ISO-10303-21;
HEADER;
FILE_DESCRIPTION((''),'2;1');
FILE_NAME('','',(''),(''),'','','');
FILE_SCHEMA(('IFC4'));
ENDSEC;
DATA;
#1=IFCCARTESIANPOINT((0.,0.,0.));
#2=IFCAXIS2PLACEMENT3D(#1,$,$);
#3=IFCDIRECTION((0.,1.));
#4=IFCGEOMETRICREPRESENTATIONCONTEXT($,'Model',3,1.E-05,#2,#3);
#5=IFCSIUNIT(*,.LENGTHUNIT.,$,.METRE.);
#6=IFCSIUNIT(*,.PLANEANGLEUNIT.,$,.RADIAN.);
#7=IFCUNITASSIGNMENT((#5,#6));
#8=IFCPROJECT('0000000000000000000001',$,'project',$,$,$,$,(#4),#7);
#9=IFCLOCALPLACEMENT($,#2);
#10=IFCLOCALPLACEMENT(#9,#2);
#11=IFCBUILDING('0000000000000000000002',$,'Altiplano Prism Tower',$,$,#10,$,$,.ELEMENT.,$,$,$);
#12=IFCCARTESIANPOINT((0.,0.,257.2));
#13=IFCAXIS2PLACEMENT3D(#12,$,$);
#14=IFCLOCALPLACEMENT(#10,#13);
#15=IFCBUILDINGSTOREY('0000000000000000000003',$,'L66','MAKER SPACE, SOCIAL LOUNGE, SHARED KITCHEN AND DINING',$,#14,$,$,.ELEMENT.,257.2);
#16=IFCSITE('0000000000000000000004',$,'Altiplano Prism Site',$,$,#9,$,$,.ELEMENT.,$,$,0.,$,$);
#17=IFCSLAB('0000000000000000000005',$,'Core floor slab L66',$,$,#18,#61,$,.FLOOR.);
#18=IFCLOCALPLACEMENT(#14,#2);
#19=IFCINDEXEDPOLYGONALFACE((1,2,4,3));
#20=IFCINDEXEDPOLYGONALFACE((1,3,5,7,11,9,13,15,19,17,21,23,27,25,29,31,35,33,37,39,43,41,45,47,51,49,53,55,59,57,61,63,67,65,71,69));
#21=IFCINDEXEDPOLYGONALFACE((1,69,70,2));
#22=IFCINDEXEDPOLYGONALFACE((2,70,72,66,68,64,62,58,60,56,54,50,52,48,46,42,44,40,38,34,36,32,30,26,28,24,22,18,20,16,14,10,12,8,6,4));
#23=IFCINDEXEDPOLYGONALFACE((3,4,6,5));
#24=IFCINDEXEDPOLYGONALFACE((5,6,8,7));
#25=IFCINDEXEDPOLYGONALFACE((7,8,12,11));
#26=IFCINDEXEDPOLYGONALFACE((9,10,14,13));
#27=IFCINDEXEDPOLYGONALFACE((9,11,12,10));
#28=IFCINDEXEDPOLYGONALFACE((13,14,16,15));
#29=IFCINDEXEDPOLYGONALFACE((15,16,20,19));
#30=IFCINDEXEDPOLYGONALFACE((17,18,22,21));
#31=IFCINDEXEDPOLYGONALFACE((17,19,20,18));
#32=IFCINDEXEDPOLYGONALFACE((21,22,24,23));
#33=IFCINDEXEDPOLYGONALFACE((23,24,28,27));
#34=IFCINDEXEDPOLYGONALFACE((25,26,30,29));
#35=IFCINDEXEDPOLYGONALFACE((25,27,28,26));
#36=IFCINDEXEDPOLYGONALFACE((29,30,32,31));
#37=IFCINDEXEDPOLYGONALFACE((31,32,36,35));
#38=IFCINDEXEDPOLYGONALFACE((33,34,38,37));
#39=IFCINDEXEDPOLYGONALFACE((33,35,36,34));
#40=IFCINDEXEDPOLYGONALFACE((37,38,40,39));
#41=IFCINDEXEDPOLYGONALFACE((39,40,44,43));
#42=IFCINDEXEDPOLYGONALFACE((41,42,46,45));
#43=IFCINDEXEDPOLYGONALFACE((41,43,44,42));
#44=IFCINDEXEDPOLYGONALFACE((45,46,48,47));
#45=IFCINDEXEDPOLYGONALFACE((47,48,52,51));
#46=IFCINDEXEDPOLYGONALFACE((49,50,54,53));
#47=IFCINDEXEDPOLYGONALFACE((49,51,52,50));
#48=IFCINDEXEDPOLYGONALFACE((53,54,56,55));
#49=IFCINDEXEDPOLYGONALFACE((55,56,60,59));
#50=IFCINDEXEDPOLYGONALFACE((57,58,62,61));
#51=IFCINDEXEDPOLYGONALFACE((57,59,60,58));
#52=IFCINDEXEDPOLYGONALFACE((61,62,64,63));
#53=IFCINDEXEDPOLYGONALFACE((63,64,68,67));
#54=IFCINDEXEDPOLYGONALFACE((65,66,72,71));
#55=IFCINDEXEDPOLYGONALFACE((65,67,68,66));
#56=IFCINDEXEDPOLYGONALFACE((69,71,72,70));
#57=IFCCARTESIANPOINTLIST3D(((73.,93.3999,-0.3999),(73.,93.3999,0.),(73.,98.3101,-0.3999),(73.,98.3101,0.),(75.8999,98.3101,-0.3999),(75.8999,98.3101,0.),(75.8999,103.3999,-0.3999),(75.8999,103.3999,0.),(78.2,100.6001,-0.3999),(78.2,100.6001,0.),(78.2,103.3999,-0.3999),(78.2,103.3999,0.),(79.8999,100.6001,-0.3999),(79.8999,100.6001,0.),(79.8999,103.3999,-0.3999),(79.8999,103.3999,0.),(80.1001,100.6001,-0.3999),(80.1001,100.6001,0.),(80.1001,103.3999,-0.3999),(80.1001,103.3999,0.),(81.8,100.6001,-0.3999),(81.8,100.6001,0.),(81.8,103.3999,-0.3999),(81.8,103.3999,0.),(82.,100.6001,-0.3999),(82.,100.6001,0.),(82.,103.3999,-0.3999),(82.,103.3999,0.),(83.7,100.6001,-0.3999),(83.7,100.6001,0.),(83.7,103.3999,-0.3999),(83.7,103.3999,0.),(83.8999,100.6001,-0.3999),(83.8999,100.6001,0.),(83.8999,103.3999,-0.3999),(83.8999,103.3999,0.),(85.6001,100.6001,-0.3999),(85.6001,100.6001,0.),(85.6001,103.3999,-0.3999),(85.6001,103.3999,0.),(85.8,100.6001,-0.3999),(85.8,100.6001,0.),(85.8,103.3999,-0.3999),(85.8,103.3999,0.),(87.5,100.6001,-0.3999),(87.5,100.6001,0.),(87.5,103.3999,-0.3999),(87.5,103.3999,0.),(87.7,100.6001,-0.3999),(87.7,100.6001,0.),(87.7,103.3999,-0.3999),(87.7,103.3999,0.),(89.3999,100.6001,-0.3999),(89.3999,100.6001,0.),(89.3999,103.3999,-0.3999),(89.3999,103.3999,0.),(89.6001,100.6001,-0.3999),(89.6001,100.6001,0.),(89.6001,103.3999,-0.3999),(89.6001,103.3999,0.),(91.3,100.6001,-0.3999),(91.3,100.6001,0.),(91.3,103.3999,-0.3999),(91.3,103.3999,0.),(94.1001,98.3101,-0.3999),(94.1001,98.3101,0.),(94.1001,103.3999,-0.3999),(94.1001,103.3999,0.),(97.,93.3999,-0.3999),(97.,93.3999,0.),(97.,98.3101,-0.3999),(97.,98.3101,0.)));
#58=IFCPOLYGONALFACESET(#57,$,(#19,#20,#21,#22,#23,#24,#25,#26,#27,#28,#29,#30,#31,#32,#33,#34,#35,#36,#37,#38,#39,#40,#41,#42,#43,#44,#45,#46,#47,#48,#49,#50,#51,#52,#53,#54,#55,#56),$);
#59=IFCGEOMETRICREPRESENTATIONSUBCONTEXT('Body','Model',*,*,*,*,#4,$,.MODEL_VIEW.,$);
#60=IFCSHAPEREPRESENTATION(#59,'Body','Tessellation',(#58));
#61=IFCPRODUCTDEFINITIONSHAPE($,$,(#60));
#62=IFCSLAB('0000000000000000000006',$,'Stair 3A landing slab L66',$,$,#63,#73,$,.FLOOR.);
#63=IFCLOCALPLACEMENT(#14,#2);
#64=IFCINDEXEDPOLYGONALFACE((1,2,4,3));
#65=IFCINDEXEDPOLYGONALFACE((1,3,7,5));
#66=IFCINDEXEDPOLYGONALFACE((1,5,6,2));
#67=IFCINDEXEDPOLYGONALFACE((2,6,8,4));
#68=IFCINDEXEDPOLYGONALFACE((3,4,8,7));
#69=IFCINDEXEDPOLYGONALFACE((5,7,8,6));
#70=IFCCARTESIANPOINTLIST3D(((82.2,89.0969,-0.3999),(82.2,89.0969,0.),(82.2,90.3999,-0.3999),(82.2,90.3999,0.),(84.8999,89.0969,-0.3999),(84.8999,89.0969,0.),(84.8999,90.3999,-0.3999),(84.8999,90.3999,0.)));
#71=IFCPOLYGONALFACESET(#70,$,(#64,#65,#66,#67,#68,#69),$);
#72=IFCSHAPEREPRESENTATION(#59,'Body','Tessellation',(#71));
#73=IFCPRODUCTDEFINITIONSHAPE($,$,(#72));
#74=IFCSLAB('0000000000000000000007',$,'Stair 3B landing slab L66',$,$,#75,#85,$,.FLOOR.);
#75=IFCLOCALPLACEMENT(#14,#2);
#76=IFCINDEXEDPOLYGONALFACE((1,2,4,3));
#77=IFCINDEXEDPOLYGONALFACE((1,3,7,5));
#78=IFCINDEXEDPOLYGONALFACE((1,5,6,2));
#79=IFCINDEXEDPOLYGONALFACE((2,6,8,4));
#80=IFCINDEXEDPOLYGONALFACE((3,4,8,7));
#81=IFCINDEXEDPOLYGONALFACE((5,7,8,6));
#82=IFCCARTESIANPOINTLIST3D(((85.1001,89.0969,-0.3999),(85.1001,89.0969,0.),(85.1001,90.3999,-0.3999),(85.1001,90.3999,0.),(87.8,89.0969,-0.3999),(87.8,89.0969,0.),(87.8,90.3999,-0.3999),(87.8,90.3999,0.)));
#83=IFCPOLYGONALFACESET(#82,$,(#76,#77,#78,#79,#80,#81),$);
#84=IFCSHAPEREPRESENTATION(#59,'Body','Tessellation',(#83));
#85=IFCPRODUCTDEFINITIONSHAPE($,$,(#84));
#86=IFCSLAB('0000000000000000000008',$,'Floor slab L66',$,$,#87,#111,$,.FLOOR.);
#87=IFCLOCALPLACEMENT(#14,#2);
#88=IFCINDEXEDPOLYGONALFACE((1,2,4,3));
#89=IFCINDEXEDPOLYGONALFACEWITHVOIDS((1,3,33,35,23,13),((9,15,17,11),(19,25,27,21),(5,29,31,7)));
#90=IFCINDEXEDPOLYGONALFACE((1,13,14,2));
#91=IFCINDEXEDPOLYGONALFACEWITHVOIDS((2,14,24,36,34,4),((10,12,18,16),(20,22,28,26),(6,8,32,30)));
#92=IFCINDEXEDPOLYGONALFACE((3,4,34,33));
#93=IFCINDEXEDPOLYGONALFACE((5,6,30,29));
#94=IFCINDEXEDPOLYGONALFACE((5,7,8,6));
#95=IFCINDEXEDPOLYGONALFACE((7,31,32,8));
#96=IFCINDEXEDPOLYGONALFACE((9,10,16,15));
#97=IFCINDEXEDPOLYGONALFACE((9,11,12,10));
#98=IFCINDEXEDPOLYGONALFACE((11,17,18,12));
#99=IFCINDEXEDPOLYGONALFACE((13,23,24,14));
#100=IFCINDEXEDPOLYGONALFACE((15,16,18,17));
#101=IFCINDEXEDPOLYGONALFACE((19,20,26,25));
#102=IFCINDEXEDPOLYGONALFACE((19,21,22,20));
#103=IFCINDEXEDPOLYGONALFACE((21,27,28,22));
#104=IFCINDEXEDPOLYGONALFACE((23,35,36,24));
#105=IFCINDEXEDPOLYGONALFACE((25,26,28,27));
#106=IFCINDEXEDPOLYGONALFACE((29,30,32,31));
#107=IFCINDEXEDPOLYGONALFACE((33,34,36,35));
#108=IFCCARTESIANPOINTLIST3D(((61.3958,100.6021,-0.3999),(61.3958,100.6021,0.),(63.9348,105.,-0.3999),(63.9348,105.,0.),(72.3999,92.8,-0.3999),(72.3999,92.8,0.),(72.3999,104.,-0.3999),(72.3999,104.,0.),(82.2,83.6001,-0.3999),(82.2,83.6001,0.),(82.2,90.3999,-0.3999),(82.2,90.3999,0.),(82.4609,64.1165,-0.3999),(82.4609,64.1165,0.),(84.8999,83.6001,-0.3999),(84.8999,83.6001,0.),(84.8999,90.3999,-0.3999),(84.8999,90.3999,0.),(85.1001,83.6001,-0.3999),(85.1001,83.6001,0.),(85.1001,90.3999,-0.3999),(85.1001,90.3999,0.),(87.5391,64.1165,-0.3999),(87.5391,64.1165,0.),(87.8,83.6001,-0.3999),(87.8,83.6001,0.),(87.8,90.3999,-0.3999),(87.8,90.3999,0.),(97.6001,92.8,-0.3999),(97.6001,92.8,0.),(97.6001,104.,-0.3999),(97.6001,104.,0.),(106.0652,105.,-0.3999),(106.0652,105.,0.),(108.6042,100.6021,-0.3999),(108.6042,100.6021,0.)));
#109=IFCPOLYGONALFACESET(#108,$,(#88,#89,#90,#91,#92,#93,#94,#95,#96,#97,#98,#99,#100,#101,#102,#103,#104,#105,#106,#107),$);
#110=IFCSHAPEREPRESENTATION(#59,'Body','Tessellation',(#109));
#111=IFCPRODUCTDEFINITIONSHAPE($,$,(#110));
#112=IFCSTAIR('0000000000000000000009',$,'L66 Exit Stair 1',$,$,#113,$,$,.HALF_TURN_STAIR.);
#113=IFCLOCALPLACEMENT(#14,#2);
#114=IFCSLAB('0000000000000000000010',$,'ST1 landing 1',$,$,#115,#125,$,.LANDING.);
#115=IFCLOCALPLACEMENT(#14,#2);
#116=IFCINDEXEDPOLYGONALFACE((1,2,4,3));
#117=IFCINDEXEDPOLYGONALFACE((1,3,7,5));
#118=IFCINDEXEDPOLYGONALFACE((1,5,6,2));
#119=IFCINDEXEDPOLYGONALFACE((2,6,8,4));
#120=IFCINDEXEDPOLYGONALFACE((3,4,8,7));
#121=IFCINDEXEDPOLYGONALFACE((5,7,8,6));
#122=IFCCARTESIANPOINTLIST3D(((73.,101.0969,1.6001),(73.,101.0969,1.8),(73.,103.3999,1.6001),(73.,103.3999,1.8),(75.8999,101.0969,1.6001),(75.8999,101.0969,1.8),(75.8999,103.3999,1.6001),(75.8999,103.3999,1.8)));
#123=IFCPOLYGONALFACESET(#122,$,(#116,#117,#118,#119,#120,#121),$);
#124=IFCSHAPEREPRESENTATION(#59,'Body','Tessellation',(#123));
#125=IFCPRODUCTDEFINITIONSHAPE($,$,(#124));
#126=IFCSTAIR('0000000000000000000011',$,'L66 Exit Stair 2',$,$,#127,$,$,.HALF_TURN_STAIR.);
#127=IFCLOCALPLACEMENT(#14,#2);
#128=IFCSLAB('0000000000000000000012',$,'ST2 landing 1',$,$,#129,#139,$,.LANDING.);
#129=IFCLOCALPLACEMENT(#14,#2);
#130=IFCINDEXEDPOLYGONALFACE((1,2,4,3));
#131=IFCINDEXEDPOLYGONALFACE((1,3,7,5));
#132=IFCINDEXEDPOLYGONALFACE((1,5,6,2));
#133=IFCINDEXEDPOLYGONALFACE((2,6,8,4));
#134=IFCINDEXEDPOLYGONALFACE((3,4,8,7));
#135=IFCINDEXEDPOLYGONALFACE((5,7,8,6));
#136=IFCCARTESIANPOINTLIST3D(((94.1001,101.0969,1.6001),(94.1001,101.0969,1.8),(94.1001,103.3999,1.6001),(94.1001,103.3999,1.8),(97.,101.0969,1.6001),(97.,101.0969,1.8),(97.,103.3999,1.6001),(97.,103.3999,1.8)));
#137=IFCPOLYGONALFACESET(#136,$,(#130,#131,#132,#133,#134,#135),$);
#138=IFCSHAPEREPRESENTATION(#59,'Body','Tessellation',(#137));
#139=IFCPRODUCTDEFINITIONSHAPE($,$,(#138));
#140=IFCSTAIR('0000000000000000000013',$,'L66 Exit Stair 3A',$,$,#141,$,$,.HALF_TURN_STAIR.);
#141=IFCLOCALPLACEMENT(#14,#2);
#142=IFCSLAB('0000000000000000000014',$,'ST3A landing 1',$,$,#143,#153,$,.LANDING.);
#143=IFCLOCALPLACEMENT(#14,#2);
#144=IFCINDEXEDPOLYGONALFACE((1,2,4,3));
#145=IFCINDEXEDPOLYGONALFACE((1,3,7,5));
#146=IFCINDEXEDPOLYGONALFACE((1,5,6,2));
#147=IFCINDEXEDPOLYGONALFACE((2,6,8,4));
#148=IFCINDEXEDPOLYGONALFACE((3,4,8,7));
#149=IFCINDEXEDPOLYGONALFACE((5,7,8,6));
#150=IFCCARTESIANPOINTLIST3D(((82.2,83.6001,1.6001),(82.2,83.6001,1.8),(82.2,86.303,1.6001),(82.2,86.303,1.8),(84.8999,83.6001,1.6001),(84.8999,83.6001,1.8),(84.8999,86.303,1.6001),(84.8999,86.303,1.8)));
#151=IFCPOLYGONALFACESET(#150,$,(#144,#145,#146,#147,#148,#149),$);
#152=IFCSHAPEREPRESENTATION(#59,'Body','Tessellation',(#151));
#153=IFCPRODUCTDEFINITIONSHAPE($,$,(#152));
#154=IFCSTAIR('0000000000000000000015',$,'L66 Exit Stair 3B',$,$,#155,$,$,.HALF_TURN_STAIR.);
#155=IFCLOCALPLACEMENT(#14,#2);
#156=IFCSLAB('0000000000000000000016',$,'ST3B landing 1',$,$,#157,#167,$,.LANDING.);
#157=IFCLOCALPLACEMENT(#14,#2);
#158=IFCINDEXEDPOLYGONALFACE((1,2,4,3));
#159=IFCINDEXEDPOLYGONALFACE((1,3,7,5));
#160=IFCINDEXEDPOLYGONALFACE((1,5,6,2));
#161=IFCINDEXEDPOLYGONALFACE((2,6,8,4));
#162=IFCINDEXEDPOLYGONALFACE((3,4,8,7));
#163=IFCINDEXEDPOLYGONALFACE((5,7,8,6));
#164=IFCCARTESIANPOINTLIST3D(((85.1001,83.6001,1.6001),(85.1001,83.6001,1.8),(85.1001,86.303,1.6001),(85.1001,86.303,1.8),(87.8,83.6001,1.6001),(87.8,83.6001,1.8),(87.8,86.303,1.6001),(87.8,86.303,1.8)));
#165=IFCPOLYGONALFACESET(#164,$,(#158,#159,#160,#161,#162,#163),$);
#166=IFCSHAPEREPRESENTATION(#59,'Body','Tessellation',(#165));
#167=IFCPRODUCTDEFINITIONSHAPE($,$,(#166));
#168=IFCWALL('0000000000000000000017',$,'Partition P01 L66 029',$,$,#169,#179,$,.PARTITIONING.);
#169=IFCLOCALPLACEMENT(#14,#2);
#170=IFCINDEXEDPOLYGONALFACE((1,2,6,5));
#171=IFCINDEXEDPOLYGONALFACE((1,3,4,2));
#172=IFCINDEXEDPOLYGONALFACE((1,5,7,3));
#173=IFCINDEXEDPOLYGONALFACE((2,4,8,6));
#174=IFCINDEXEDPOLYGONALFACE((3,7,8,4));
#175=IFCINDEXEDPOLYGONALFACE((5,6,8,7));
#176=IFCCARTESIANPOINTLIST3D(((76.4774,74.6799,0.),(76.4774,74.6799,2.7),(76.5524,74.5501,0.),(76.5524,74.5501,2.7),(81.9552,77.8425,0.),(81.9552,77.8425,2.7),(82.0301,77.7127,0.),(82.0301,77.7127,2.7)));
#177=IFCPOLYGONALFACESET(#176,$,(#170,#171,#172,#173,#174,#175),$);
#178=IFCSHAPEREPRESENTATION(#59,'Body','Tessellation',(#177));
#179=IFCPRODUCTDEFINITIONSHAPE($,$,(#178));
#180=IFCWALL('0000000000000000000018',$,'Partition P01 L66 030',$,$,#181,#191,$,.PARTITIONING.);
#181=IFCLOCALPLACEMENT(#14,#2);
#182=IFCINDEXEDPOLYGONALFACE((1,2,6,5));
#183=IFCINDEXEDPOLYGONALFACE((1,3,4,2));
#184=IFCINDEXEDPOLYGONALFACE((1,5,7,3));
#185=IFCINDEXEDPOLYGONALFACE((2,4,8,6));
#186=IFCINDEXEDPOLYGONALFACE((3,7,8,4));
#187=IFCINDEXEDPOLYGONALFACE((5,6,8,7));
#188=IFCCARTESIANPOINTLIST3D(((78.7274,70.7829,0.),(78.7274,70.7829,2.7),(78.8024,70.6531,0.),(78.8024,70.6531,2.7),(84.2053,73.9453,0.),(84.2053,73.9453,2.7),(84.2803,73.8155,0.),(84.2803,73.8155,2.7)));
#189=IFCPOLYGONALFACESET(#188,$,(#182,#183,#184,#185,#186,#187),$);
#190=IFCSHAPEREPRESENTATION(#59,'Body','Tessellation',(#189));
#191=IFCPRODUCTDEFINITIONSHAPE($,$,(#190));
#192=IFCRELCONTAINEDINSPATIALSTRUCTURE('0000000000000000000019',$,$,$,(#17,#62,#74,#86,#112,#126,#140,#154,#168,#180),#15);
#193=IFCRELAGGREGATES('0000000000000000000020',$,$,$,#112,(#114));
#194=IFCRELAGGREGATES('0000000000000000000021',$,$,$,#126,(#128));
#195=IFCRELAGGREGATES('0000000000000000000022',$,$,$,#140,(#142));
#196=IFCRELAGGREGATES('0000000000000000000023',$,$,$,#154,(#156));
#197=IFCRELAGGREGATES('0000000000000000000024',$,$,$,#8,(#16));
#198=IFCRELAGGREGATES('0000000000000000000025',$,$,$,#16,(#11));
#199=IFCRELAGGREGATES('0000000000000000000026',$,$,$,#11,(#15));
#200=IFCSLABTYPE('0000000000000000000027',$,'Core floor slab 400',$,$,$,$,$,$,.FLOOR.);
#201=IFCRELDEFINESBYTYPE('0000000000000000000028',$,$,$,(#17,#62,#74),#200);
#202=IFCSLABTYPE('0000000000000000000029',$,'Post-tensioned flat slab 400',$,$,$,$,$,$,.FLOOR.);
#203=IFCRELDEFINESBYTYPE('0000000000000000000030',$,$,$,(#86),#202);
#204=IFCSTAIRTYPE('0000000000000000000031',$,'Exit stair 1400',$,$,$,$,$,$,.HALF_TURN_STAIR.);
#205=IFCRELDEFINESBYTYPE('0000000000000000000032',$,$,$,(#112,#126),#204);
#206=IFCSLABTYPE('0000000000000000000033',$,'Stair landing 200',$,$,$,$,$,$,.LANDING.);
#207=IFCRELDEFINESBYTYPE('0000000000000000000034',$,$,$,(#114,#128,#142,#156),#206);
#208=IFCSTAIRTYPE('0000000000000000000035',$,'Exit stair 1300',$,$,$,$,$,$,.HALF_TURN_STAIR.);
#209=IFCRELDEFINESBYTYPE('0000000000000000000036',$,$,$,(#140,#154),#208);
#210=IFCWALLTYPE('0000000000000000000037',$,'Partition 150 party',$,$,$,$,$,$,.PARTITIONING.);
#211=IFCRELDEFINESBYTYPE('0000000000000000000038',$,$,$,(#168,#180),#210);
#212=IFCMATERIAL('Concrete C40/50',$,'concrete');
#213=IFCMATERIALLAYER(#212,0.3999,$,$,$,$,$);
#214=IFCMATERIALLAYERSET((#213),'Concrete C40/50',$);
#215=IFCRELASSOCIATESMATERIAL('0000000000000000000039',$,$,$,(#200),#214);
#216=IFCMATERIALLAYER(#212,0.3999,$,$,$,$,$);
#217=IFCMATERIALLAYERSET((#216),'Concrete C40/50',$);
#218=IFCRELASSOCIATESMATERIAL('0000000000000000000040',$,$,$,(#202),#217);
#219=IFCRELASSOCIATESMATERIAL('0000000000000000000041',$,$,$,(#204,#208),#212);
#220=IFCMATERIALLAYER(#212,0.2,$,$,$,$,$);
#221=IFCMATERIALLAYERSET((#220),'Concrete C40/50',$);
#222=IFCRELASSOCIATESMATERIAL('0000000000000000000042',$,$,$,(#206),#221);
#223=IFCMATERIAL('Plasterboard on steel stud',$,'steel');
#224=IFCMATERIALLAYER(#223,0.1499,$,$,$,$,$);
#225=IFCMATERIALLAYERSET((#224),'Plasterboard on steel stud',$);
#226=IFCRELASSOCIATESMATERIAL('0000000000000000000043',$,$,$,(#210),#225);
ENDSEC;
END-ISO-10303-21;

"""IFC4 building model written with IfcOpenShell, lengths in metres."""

from ifc_helpers import new_model, si_unit, direction, frame, frame_2d, origin, place, context, subcontext, project, spatial, polyline, rectangle, outline, extrude, material, layer, layer_set, type_object, element, aggregate, save


model = new_model("IFC4")

# Units and contexts
model_context = context("Model", 3, precision=1e-05, world=origin(), true_north=direction((0.0, 1.0)))
body_context = subcontext(model_context, "Body", "Model", "MODEL_VIEW")
ifc_project = project(units=[si_unit("LENGTHUNIT", "METRE"), si_unit("PLANEANGLEUNIT", "RADIAN")], contexts=[model_context])

# Site, building, storey
site_placement = place(None, origin())
site = spatial("IfcSite", under=ifc_project, at=site_placement, Name="Altiplano Prism Site", CompositionType="ELEMENT", RefElevation=0.0)
building_placement = place(site_placement, origin())
building = spatial("IfcBuilding", under=site, at=building_placement, Name="Altiplano Prism Tower", CompositionType="ELEMENT")
storey_placement = place(building_placement, frame((0.0, 0.0, 257.2)))
storey = spatial("IfcBuildingStorey", under=building, at=storey_placement, Name="L66", Description="MAKER SPACE, SOCIAL LOUNGE, SHARED KITCHEN AND DINING", CompositionType="ELEMENT", Elevation=257.2)

# Slabs
ifc_material_1 = material(Name="Concrete C40/50", Category="concrete")
ifc_layer_1 = layer(ifc_material_1, 0.3999)
ifc_layer_set_1 = layer_set([ifc_layer_1], Name="Concrete C40/50")
slab_type_1 = type_object("IfcSlabType", Name="Core floor slab 400", PredefinedType="FLOOR", material=ifc_layer_set_1)
slab_1_placement = place(storey_placement, frame((0.0, 0.0, -0.3999)))
element("IfcSlab", 1, at=slab_1_placement, inside=storey, type_object=slab_type_1, Name="Core floor slab L66", PredefinedType="FLOOR", context=body_context, shape_type="SweptSolid", body=[
    extrude(outline(polyline([(97.0, 98.3101), (94.1001, 98.3101), (94.1001, 103.3999), (91.3, 103.3999), (91.3, 100.6001), (89.6001, 100.6001), (89.6001, 103.3999), (89.3999, 103.3999), (89.3999, 100.6001), (87.7, 100.6001), (87.7, 103.3999), (87.5, 103.3999), (87.5, 100.6001), (85.8, 100.6001), (85.8, 103.3999), (85.6001, 103.3999), (85.6001, 100.6001), (83.8999, 100.6001), (83.8999, 103.3999), (83.7, 103.3999), (83.7, 100.6001), (82.0, 100.6001), (82.0, 103.3999), (81.8, 103.3999), (81.8, 100.6001), (80.1001, 100.6001), (80.1001, 103.3999), (79.8999, 103.3999), (79.8999, 100.6001), (78.2, 100.6001), (78.2, 103.3999), (75.8999, 103.3999), (75.8999, 98.3101), (73.0, 98.3101), (73.0, 93.3999), (97.0, 93.3999), (97.0, 98.3101)])), origin(), (0.0, 0.0, 1.0), 0.3999),
])
slab_2_placement = place(storey_placement, frame((0.0, 0.0, -0.3999)))
element("IfcSlab", 2, at=slab_2_placement, inside=storey, type_object=slab_type_1, Name="Stair 3A landing slab L66", PredefinedType="FLOOR", context=body_context, shape_type="SweptSolid", body=[
    extrude(outline(polyline([(82.2, 89.0969), (84.8999, 89.0969), (84.8999, 90.3999), (82.2, 90.3999), (82.2, 89.0969)])), origin(), (0.0, 0.0, 1.0), 0.3999),
])
slab_3_placement = place(storey_placement, frame((0.0, 0.0, -0.3999)))
element("IfcSlab", 3, at=slab_3_placement, inside=storey, type_object=slab_type_1, Name="Stair 3B landing slab L66", PredefinedType="FLOOR", context=body_context, shape_type="SweptSolid", body=[
    extrude(outline(polyline([(85.1001, 89.0969), (87.8, 89.0969), (87.8, 90.3999), (85.1001, 90.3999), (85.1001, 89.0969)])), origin(), (0.0, 0.0, 1.0), 0.3999),
])
ifc_layer_2 = layer(ifc_material_1, 0.3999)
ifc_layer_set_2 = layer_set([ifc_layer_2], Name="Concrete C40/50")
slab_type_2 = type_object("IfcSlabType", Name="Post-tensioned flat slab 400", PredefinedType="FLOOR", material=ifc_layer_set_2)
slab_4_placement = place(storey_placement, frame((0.0, 0.0, -0.3999)))
element("IfcSlab", 4, at=slab_4_placement, inside=storey, type_object=slab_type_2, Name="Floor slab L66", PredefinedType="FLOOR", context=body_context, shape_type="SweptSolid", body=[
    extrude(outline(polyline([(82.4609, 64.1165), (61.3958, 100.6021), (63.9348, 105.0), (106.0652, 105.0), (108.6042, 100.6021), (87.5391, 64.1165), (82.4609, 64.1165)]), holes=[polyline([(72.3999, 104.0), (72.3999, 92.8), (97.6001, 92.8), (97.6001, 104.0), (72.3999, 104.0)]), polyline([(84.8999, 90.3999), (82.2, 90.3999), (82.2, 83.6001), (84.8999, 83.6001), (84.8999, 90.3999)]), polyline([(87.8, 83.6001), (87.8, 90.3999), (85.1001, 90.3999), (85.1001, 83.6001), (87.8, 83.6001)])]), origin(), (0.0, 0.0, 1.0), 0.3999),
])

# Stairs, slabs
stair_type_1 = type_object("IfcStairType", Name="Exit stair 1400", PredefinedType="HALF_TURN_STAIR", material=ifc_material_1)
stair_1_placement = place(storey_placement, origin())
stair_1 = element("IfcStair", 5, at=stair_1_placement, inside=storey, type_object=stair_type_1, Name="L66 Exit Stair 1", PredefinedType="HALF_TURN_STAIR")
ifc_layer_3 = layer(ifc_material_1, 0.2)
ifc_layer_set_3 = layer_set([ifc_layer_3], Name="Concrete C40/50")
slab_type_3 = type_object("IfcSlabType", Name="Stair landing 200", PredefinedType="LANDING", material=ifc_layer_set_3)
slab_5_placement = place(storey_placement, frame((0.0, 0.0, 1.6001)))
slab_5 = element("IfcSlab", 6, at=slab_5_placement, type_object=slab_type_3, Name="ST1 landing 1", PredefinedType="LANDING", context=body_context, shape_type="SweptSolid", body=[
    extrude(outline(polyline([(75.8999, 101.0969), (75.8999, 103.3999), (73.0, 103.3999), (73.0, 101.0969), (75.8999, 101.0969)])), origin(), (0.0, 0.0, 1.0), 0.2),
])
aggregate(stair_1, [slab_5])
stair_2_placement = place(storey_placement, origin())
stair_2 = element("IfcStair", 7, at=stair_2_placement, inside=storey, type_object=stair_type_1, Name="L66 Exit Stair 2", PredefinedType="HALF_TURN_STAIR")
slab_6_placement = place(storey_placement, frame((0.0, 0.0, 1.6001)))
slab_6 = element("IfcSlab", 8, at=slab_6_placement, type_object=slab_type_3, Name="ST2 landing 1", PredefinedType="LANDING", context=body_context, shape_type="SweptSolid", body=[
    extrude(outline(polyline([(97.0, 101.0969), (97.0, 103.3999), (94.1001, 103.3999), (94.1001, 101.0969), (97.0, 101.0969)])), origin(), (0.0, 0.0, 1.0), 0.2),
])
aggregate(stair_2, [slab_6])
stair_type_2 = type_object("IfcStairType", Name="Exit stair 1300", PredefinedType="HALF_TURN_STAIR", material=ifc_material_1)
stair_3_placement = place(storey_placement, origin())
stair_3 = element("IfcStair", 9, at=stair_3_placement, inside=storey, type_object=stair_type_2, Name="L66 Exit Stair 3A", PredefinedType="HALF_TURN_STAIR")
slab_7_placement = place(storey_placement, frame((0.0, 0.0, 1.6001)))
slab_7 = element("IfcSlab", 10, at=slab_7_placement, type_object=slab_type_3, Name="ST3A landing 1", PredefinedType="LANDING", context=body_context, shape_type="SweptSolid", body=[
    extrude(outline(polyline([(82.2, 86.303), (82.2, 83.6001), (84.8999, 83.6001), (84.8999, 86.303), (82.2, 86.303)])), origin(), (0.0, 0.0, 1.0), 0.2),
])
aggregate(stair_3, [slab_7])
stair_4_placement = place(storey_placement, origin())
stair_4 = element("IfcStair", 11, at=stair_4_placement, inside=storey, type_object=stair_type_2, Name="L66 Exit Stair 3B", PredefinedType="HALF_TURN_STAIR")
slab_8_placement = place(storey_placement, frame((0.0, 0.0, 1.6001)))
slab_8 = element("IfcSlab", 12, at=slab_8_placement, type_object=slab_type_3, Name="ST3B landing 1", PredefinedType="LANDING", context=body_context, shape_type="SweptSolid", body=[
    extrude(outline(polyline([(85.1001, 86.303), (85.1001, 83.6001), (87.8, 83.6001), (87.8, 86.303), (85.1001, 86.303)])), origin(), (0.0, 0.0, 1.0), 0.2),
])
aggregate(stair_4, [slab_8])

# Walls
ifc_material_2 = material(Name="Plasterboard on steel stud", Category="steel")
ifc_layer_4 = layer(ifc_material_2, 0.1499)
ifc_layer_set_4 = layer_set([ifc_layer_4], Name="Plasterboard on steel stud")
wall_type = type_object("IfcWallType", Name="Partition 150 party", PredefinedType="PARTITIONING", material=ifc_layer_set_4)
for number, where, z_axis, x_axis, name in (
    (13, (76.5149, 74.615, 0.0), (0.0, 0.0, 1.0), (0.866026, 0.5, 0.0), "Partition P01 L66 029"),
    (14, (78.7649, 70.718, 0.0), (0.0, 0.0, 1.0), (0.866042, 0.499971, 0.0), "Partition P01 L66 030"),
):
    element("IfcWall", number, at=place(storey_placement, frame(where, z_axis=z_axis, x_axis=x_axis)), inside=storey, type_object=wall_type, Name=name, PredefinedType="PARTITIONING", context=body_context, shape_type="SweptSolid", body=[
        extrude(rectangle(XDim=6.3252, YDim=0.1499, at=frame_2d((3.1626, 0.0))), origin(), (0.0, 0.0, 1.0), 2.7),
    ])

save(model, "model.ifc")
